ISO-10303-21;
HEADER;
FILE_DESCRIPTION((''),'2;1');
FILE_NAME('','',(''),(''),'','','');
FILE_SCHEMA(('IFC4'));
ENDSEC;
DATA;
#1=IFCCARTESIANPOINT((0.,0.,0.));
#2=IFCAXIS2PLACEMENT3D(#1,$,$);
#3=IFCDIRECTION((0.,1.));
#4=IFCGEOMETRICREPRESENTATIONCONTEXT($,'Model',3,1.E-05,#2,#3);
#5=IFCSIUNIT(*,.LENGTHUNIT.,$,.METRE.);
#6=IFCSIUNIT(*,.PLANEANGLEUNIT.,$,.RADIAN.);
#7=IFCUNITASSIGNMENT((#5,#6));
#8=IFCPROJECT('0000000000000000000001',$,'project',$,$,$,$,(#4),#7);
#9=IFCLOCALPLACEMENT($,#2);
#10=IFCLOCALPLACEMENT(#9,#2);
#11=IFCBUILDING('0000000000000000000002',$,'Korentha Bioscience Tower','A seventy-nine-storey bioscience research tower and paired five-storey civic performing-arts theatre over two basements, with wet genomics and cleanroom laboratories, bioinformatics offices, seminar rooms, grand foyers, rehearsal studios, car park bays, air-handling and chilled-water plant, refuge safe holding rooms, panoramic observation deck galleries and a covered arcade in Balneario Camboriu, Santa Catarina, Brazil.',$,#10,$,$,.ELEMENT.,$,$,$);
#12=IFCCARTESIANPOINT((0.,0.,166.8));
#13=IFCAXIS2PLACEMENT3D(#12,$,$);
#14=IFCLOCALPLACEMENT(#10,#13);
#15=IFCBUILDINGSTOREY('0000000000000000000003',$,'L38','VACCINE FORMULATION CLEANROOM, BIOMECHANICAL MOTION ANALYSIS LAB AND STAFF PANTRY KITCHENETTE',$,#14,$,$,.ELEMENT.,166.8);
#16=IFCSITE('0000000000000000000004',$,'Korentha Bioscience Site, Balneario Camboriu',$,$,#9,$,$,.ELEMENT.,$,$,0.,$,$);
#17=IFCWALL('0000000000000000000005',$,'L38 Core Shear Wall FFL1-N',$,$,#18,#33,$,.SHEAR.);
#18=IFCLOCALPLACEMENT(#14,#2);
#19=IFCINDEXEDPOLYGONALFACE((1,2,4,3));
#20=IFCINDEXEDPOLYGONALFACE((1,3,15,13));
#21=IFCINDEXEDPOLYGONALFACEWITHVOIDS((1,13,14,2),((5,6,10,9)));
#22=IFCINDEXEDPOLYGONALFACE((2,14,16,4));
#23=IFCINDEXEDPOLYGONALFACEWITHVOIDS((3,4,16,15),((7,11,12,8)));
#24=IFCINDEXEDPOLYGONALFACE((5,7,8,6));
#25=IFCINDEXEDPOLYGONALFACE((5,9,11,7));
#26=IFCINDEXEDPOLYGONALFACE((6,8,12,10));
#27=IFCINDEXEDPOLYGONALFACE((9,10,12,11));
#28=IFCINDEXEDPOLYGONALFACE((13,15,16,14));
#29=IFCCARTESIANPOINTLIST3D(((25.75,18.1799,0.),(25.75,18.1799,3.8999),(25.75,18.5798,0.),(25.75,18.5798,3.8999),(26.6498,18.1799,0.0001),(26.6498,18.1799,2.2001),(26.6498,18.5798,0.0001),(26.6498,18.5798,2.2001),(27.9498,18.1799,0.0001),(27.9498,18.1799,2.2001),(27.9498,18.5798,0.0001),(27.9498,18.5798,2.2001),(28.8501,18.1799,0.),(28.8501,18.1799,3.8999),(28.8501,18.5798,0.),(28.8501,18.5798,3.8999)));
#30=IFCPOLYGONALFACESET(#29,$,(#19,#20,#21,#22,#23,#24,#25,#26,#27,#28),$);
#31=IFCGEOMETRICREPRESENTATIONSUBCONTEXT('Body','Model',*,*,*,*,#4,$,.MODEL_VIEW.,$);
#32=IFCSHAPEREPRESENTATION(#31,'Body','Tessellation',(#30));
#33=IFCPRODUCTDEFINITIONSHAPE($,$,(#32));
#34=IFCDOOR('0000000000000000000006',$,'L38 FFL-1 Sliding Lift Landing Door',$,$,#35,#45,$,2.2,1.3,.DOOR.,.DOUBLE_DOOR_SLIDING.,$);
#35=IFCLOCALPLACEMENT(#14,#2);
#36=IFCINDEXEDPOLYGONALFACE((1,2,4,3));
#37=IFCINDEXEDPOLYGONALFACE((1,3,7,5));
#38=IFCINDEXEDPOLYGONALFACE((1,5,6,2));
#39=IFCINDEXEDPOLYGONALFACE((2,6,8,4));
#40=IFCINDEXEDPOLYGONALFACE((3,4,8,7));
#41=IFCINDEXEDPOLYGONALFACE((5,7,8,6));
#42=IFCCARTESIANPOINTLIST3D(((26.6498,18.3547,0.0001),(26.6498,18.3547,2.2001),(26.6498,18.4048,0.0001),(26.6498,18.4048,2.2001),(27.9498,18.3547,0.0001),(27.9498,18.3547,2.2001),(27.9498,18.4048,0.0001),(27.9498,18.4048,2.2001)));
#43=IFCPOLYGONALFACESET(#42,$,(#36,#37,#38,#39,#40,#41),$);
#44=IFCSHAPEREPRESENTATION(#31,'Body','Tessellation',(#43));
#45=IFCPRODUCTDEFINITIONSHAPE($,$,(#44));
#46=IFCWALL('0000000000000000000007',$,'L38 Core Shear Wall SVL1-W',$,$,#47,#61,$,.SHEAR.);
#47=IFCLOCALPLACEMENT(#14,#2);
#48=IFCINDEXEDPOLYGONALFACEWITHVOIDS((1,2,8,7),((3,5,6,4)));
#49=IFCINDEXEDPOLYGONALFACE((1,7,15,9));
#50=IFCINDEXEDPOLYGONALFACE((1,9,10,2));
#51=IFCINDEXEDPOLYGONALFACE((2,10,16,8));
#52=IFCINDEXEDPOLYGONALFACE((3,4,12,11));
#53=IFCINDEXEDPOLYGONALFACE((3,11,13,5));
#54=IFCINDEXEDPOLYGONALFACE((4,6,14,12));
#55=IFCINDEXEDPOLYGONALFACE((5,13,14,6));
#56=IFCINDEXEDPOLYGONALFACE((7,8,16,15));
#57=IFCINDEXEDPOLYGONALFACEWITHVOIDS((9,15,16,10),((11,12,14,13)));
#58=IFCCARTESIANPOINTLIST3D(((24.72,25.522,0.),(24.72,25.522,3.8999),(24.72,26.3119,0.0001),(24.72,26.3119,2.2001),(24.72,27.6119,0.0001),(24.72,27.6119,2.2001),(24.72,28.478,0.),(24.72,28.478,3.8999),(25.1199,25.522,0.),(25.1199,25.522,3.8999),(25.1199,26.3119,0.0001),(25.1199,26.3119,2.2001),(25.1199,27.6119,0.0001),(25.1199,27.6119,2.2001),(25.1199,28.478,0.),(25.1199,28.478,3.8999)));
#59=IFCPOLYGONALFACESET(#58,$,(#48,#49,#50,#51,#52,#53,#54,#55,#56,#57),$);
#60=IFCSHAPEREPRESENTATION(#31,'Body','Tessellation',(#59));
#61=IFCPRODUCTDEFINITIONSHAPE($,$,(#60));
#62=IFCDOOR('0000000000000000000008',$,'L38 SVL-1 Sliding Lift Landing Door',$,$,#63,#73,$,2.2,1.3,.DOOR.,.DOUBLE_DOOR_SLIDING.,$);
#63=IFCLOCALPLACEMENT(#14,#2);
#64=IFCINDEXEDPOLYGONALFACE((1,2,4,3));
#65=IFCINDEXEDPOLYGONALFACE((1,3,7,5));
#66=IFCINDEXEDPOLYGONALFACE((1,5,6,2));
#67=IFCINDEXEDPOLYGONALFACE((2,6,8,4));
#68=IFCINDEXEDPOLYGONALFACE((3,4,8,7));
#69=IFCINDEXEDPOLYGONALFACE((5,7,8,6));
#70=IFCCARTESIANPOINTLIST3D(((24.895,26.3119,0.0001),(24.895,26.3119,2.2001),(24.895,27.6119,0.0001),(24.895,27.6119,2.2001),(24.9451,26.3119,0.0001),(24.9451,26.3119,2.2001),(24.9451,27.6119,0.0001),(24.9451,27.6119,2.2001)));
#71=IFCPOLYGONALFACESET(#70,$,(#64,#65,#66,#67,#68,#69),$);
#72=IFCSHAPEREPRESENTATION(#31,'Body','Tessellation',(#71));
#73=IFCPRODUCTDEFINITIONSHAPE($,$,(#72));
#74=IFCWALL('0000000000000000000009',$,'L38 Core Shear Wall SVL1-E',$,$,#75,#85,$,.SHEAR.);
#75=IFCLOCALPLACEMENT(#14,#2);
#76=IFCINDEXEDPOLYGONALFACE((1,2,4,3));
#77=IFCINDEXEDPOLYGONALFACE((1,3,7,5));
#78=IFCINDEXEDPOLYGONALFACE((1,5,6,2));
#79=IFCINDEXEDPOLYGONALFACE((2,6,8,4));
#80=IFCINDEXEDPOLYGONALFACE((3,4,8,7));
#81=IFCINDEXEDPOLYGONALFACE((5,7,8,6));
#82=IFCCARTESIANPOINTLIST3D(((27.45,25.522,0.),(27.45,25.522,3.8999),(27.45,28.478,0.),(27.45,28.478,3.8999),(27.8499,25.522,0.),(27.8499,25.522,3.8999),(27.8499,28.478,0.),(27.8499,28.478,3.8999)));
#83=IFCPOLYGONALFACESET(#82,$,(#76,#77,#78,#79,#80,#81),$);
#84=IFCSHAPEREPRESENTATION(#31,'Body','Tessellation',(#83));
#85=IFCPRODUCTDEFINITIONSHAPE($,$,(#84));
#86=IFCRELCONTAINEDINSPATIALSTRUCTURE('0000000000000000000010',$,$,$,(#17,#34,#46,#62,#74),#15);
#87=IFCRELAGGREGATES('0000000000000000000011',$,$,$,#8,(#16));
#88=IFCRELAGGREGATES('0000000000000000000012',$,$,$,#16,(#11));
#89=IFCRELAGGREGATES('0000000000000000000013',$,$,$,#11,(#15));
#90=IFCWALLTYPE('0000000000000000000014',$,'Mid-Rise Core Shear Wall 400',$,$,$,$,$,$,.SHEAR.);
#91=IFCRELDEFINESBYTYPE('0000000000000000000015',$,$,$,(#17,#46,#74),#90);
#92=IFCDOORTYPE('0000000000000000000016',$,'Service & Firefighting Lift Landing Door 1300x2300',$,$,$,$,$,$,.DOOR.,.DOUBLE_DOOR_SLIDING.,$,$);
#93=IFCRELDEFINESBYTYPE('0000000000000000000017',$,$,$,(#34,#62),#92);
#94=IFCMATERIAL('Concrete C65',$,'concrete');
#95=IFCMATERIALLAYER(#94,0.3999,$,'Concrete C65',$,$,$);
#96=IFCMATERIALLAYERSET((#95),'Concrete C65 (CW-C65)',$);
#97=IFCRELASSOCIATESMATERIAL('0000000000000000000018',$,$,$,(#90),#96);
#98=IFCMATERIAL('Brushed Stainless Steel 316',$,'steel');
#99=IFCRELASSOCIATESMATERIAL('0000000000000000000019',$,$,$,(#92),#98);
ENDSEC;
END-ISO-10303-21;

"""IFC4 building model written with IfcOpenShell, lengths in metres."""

from ifc_helpers import new_model, si_unit, direction, frame, frame_2d, origin, place, context, subcontext, project, spatial, rectangle, extrude, material, layer, layer_set, type_object, element, fill, save


model = new_model("IFC4")

# Units and contexts
model_context = context("Model", 3, precision=1e-05, world=origin(), true_north=direction((0.0, 1.0)))
body_context = subcontext(model_context, "Body", "Model", "MODEL_VIEW")
ifc_project = project(units=[si_unit("LENGTHUNIT", "METRE"), si_unit("PLANEANGLEUNIT", "RADIAN")], contexts=[model_context])

# Site, building, storey
site_placement = place(None, origin())
site = spatial("IfcSite", under=ifc_project, at=site_placement, Name="Korentha Bioscience Site, Balneario Camboriu", CompositionType="ELEMENT", RefElevation=0.0)
building_placement = place(site_placement, origin())
building = spatial("IfcBuilding", under=site, at=building_placement, Name="Korentha Bioscience Tower", Description="A seventy-nine-storey bioscience research tower and paired five-storey civic performing-arts theatre over two basements, with wet genomics and cleanroom laboratories, bioinformatics offices, seminar rooms, grand foyers, rehearsal studios, car park bays, air-handling and chilled-water plant, refuge safe holding rooms, panoramic observation deck galleries and a covered arcade in Balneario Camboriu, Santa Catarina, Brazil.", CompositionType="ELEMENT")
storey_placement = place(building_placement, frame((0.0, 0.0, 166.8)))
storey = spatial("IfcBuildingStorey", under=building, at=storey_placement, Name="L38", Description="VACCINE FORMULATION CLEANROOM, BIOMECHANICAL MOTION ANALYSIS LAB AND STAFF PANTRY KITCHENETTE", CompositionType="ELEMENT", Elevation=166.8)

# Shared definitions
ifc_material_1 = material(Name="Concrete C65", Category="concrete")
ifc_layer_1 = layer(ifc_material_1, 0.3999, Name="Concrete C65")
ifc_layer_set_1 = layer_set([ifc_layer_1], Name="Concrete C65 (CW-C65)")
wall_type_1 = type_object("IfcWallType", Name="Mid-Rise Core Shear Wall 400", PredefinedType="SHEAR", material=ifc_layer_set_1)

# Walls, openings, doors
wall_1_placement = place(storey_placement, frame((25.75, 18.3799, 0.0), z_axis=(0.0, 0.0, 1.0), x_axis=(1.0, 0.0, 0.0)))
wall_1 = element("IfcWall", 1, at=wall_1_placement, inside=storey, type_object=wall_type_1, Name="L38 Core Shear Wall FFL1-N", PredefinedType="SHEAR", context=body_context, shape_type="SweptSolid", body=[
    extrude(rectangle(XDim=3.1001, YDim=0.3999, at=frame_2d((1.55, 0.0))), origin(), (0.0, 0.0, 1.0), 3.8999),
])
opening_1_placement = place(wall_1_placement, frame((0.8999, 0.0, 0.0)))
opening_1 = element("IfcOpeningElement", 2, at=opening_1_placement, cuts=wall_1, PredefinedType="OPENING", context=body_context, shape_type="SweptSolid", body=[
    extrude(rectangle(XDim=1.3, YDim=2.2, at=frame_2d((0.6499, 1.1001))), frame((0.0, 0.2148, 0.0), z_axis=(0.0, -1.0, 0.0), x_axis=(1.0, 0.0, 0.0)), (0.0, 0.0, 1.0), 0.4297),
])
ifc_material_2 = material(Name="Brushed Stainless Steel 316", Category="steel")
door_type_1 = type_object("IfcDoorType", Name="Service & Firefighting Lift Landing Door 1300x2300", OperationType="DOUBLE_DOOR_SLIDING", PredefinedType="DOOR", material=ifc_material_2)
door_1_placement = place(opening_1_placement, origin())
door_1 = element("IfcDoor", 3, at=door_1_placement, inside=storey, type_object=door_type_1, Name="L38 FFL-1 Sliding Lift Landing Door", OperationType="DOUBLE_DOOR_SLIDING", OverallHeight=2.2, OverallWidth=1.3, PredefinedType="DOOR", context=body_context, shape_type="SweptSolid", body=[
    extrude(rectangle(XDim=1.3, YDim=2.2, at=frame_2d((0.6499, 1.1001))), frame((0.0, 0.0249, 0.0), z_axis=(0.0, -1.0, 0.0), x_axis=(1.0, 0.0, 0.0)), (0.0, 0.0, 1.0), 0.05),
])
fill(opening_1, door_1)
wall_2_placement = place(storey_placement, frame((24.9199, 25.522, 0.0), z_axis=(0.0, 0.0, 1.0), x_axis=(0.0, 1.0, 0.0)))
wall_2 = element("IfcWall", 4, at=wall_2_placement, inside=storey, type_object=wall_type_1, Name="L38 Core Shear Wall SVL1-W", PredefinedType="SHEAR", context=body_context, shape_type="SweptSolid", body=[
    extrude(rectangle(XDim=2.9561, YDim=0.3999, at=frame_2d((1.478, 0.0))), origin(), (0.0, 0.0, 1.0), 3.8999),
])
opening_2_placement = place(wall_2_placement, frame((0.79, 0.0, 0.0)))
opening_2 = element("IfcOpeningElement", 5, at=opening_2_placement, cuts=wall_2, PredefinedType="OPENING", context=body_context, shape_type="SweptSolid", body=[
    extrude(rectangle(XDim=1.3, YDim=2.2, at=frame_2d((0.6499, 1.1001))), frame((0.0, 0.2148, 0.0), z_axis=(0.0, -1.0, 0.0), x_axis=(1.0, 0.0, 0.0)), (0.0, 0.0, 1.0), 0.4297),
])
door_2_placement = place(opening_2_placement, origin())
door_2 = element("IfcDoor", 6, at=door_2_placement, inside=storey, type_object=door_type_1, Name="L38 SVL-1 Sliding Lift Landing Door", OperationType="DOUBLE_DOOR_SLIDING", OverallHeight=2.2, OverallWidth=1.3, PredefinedType="DOOR", context=body_context, shape_type="SweptSolid", body=[
    extrude(rectangle(XDim=1.3, YDim=2.2, at=frame_2d((0.6499, 1.1001))), frame((0.0, 0.0249, 0.0), z_axis=(0.0, -1.0, 0.0), x_axis=(1.0, 0.0, 0.0)), (0.0, 0.0, 1.0), 0.05),
])
fill(opening_2, door_2)

# Wall
wall_3_placement = place(storey_placement, frame((27.6499, 25.522, 0.0), z_axis=(0.0, 0.0, 1.0), x_axis=(0.0, 1.0, 0.0)))
element("IfcWall", 7, at=wall_3_placement, inside=storey, type_object=wall_type_1, Name="L38 Core Shear Wall SVL1-E", PredefinedType="SHEAR", context=body_context, shape_type="SweptSolid", body=[
    extrude(rectangle(XDim=2.9561, YDim=0.3999, at=frame_2d((1.478, 0.0))), origin(), (0.0, 0.0, 1.0), 3.8999),
])

save(model, "model.ifc")
